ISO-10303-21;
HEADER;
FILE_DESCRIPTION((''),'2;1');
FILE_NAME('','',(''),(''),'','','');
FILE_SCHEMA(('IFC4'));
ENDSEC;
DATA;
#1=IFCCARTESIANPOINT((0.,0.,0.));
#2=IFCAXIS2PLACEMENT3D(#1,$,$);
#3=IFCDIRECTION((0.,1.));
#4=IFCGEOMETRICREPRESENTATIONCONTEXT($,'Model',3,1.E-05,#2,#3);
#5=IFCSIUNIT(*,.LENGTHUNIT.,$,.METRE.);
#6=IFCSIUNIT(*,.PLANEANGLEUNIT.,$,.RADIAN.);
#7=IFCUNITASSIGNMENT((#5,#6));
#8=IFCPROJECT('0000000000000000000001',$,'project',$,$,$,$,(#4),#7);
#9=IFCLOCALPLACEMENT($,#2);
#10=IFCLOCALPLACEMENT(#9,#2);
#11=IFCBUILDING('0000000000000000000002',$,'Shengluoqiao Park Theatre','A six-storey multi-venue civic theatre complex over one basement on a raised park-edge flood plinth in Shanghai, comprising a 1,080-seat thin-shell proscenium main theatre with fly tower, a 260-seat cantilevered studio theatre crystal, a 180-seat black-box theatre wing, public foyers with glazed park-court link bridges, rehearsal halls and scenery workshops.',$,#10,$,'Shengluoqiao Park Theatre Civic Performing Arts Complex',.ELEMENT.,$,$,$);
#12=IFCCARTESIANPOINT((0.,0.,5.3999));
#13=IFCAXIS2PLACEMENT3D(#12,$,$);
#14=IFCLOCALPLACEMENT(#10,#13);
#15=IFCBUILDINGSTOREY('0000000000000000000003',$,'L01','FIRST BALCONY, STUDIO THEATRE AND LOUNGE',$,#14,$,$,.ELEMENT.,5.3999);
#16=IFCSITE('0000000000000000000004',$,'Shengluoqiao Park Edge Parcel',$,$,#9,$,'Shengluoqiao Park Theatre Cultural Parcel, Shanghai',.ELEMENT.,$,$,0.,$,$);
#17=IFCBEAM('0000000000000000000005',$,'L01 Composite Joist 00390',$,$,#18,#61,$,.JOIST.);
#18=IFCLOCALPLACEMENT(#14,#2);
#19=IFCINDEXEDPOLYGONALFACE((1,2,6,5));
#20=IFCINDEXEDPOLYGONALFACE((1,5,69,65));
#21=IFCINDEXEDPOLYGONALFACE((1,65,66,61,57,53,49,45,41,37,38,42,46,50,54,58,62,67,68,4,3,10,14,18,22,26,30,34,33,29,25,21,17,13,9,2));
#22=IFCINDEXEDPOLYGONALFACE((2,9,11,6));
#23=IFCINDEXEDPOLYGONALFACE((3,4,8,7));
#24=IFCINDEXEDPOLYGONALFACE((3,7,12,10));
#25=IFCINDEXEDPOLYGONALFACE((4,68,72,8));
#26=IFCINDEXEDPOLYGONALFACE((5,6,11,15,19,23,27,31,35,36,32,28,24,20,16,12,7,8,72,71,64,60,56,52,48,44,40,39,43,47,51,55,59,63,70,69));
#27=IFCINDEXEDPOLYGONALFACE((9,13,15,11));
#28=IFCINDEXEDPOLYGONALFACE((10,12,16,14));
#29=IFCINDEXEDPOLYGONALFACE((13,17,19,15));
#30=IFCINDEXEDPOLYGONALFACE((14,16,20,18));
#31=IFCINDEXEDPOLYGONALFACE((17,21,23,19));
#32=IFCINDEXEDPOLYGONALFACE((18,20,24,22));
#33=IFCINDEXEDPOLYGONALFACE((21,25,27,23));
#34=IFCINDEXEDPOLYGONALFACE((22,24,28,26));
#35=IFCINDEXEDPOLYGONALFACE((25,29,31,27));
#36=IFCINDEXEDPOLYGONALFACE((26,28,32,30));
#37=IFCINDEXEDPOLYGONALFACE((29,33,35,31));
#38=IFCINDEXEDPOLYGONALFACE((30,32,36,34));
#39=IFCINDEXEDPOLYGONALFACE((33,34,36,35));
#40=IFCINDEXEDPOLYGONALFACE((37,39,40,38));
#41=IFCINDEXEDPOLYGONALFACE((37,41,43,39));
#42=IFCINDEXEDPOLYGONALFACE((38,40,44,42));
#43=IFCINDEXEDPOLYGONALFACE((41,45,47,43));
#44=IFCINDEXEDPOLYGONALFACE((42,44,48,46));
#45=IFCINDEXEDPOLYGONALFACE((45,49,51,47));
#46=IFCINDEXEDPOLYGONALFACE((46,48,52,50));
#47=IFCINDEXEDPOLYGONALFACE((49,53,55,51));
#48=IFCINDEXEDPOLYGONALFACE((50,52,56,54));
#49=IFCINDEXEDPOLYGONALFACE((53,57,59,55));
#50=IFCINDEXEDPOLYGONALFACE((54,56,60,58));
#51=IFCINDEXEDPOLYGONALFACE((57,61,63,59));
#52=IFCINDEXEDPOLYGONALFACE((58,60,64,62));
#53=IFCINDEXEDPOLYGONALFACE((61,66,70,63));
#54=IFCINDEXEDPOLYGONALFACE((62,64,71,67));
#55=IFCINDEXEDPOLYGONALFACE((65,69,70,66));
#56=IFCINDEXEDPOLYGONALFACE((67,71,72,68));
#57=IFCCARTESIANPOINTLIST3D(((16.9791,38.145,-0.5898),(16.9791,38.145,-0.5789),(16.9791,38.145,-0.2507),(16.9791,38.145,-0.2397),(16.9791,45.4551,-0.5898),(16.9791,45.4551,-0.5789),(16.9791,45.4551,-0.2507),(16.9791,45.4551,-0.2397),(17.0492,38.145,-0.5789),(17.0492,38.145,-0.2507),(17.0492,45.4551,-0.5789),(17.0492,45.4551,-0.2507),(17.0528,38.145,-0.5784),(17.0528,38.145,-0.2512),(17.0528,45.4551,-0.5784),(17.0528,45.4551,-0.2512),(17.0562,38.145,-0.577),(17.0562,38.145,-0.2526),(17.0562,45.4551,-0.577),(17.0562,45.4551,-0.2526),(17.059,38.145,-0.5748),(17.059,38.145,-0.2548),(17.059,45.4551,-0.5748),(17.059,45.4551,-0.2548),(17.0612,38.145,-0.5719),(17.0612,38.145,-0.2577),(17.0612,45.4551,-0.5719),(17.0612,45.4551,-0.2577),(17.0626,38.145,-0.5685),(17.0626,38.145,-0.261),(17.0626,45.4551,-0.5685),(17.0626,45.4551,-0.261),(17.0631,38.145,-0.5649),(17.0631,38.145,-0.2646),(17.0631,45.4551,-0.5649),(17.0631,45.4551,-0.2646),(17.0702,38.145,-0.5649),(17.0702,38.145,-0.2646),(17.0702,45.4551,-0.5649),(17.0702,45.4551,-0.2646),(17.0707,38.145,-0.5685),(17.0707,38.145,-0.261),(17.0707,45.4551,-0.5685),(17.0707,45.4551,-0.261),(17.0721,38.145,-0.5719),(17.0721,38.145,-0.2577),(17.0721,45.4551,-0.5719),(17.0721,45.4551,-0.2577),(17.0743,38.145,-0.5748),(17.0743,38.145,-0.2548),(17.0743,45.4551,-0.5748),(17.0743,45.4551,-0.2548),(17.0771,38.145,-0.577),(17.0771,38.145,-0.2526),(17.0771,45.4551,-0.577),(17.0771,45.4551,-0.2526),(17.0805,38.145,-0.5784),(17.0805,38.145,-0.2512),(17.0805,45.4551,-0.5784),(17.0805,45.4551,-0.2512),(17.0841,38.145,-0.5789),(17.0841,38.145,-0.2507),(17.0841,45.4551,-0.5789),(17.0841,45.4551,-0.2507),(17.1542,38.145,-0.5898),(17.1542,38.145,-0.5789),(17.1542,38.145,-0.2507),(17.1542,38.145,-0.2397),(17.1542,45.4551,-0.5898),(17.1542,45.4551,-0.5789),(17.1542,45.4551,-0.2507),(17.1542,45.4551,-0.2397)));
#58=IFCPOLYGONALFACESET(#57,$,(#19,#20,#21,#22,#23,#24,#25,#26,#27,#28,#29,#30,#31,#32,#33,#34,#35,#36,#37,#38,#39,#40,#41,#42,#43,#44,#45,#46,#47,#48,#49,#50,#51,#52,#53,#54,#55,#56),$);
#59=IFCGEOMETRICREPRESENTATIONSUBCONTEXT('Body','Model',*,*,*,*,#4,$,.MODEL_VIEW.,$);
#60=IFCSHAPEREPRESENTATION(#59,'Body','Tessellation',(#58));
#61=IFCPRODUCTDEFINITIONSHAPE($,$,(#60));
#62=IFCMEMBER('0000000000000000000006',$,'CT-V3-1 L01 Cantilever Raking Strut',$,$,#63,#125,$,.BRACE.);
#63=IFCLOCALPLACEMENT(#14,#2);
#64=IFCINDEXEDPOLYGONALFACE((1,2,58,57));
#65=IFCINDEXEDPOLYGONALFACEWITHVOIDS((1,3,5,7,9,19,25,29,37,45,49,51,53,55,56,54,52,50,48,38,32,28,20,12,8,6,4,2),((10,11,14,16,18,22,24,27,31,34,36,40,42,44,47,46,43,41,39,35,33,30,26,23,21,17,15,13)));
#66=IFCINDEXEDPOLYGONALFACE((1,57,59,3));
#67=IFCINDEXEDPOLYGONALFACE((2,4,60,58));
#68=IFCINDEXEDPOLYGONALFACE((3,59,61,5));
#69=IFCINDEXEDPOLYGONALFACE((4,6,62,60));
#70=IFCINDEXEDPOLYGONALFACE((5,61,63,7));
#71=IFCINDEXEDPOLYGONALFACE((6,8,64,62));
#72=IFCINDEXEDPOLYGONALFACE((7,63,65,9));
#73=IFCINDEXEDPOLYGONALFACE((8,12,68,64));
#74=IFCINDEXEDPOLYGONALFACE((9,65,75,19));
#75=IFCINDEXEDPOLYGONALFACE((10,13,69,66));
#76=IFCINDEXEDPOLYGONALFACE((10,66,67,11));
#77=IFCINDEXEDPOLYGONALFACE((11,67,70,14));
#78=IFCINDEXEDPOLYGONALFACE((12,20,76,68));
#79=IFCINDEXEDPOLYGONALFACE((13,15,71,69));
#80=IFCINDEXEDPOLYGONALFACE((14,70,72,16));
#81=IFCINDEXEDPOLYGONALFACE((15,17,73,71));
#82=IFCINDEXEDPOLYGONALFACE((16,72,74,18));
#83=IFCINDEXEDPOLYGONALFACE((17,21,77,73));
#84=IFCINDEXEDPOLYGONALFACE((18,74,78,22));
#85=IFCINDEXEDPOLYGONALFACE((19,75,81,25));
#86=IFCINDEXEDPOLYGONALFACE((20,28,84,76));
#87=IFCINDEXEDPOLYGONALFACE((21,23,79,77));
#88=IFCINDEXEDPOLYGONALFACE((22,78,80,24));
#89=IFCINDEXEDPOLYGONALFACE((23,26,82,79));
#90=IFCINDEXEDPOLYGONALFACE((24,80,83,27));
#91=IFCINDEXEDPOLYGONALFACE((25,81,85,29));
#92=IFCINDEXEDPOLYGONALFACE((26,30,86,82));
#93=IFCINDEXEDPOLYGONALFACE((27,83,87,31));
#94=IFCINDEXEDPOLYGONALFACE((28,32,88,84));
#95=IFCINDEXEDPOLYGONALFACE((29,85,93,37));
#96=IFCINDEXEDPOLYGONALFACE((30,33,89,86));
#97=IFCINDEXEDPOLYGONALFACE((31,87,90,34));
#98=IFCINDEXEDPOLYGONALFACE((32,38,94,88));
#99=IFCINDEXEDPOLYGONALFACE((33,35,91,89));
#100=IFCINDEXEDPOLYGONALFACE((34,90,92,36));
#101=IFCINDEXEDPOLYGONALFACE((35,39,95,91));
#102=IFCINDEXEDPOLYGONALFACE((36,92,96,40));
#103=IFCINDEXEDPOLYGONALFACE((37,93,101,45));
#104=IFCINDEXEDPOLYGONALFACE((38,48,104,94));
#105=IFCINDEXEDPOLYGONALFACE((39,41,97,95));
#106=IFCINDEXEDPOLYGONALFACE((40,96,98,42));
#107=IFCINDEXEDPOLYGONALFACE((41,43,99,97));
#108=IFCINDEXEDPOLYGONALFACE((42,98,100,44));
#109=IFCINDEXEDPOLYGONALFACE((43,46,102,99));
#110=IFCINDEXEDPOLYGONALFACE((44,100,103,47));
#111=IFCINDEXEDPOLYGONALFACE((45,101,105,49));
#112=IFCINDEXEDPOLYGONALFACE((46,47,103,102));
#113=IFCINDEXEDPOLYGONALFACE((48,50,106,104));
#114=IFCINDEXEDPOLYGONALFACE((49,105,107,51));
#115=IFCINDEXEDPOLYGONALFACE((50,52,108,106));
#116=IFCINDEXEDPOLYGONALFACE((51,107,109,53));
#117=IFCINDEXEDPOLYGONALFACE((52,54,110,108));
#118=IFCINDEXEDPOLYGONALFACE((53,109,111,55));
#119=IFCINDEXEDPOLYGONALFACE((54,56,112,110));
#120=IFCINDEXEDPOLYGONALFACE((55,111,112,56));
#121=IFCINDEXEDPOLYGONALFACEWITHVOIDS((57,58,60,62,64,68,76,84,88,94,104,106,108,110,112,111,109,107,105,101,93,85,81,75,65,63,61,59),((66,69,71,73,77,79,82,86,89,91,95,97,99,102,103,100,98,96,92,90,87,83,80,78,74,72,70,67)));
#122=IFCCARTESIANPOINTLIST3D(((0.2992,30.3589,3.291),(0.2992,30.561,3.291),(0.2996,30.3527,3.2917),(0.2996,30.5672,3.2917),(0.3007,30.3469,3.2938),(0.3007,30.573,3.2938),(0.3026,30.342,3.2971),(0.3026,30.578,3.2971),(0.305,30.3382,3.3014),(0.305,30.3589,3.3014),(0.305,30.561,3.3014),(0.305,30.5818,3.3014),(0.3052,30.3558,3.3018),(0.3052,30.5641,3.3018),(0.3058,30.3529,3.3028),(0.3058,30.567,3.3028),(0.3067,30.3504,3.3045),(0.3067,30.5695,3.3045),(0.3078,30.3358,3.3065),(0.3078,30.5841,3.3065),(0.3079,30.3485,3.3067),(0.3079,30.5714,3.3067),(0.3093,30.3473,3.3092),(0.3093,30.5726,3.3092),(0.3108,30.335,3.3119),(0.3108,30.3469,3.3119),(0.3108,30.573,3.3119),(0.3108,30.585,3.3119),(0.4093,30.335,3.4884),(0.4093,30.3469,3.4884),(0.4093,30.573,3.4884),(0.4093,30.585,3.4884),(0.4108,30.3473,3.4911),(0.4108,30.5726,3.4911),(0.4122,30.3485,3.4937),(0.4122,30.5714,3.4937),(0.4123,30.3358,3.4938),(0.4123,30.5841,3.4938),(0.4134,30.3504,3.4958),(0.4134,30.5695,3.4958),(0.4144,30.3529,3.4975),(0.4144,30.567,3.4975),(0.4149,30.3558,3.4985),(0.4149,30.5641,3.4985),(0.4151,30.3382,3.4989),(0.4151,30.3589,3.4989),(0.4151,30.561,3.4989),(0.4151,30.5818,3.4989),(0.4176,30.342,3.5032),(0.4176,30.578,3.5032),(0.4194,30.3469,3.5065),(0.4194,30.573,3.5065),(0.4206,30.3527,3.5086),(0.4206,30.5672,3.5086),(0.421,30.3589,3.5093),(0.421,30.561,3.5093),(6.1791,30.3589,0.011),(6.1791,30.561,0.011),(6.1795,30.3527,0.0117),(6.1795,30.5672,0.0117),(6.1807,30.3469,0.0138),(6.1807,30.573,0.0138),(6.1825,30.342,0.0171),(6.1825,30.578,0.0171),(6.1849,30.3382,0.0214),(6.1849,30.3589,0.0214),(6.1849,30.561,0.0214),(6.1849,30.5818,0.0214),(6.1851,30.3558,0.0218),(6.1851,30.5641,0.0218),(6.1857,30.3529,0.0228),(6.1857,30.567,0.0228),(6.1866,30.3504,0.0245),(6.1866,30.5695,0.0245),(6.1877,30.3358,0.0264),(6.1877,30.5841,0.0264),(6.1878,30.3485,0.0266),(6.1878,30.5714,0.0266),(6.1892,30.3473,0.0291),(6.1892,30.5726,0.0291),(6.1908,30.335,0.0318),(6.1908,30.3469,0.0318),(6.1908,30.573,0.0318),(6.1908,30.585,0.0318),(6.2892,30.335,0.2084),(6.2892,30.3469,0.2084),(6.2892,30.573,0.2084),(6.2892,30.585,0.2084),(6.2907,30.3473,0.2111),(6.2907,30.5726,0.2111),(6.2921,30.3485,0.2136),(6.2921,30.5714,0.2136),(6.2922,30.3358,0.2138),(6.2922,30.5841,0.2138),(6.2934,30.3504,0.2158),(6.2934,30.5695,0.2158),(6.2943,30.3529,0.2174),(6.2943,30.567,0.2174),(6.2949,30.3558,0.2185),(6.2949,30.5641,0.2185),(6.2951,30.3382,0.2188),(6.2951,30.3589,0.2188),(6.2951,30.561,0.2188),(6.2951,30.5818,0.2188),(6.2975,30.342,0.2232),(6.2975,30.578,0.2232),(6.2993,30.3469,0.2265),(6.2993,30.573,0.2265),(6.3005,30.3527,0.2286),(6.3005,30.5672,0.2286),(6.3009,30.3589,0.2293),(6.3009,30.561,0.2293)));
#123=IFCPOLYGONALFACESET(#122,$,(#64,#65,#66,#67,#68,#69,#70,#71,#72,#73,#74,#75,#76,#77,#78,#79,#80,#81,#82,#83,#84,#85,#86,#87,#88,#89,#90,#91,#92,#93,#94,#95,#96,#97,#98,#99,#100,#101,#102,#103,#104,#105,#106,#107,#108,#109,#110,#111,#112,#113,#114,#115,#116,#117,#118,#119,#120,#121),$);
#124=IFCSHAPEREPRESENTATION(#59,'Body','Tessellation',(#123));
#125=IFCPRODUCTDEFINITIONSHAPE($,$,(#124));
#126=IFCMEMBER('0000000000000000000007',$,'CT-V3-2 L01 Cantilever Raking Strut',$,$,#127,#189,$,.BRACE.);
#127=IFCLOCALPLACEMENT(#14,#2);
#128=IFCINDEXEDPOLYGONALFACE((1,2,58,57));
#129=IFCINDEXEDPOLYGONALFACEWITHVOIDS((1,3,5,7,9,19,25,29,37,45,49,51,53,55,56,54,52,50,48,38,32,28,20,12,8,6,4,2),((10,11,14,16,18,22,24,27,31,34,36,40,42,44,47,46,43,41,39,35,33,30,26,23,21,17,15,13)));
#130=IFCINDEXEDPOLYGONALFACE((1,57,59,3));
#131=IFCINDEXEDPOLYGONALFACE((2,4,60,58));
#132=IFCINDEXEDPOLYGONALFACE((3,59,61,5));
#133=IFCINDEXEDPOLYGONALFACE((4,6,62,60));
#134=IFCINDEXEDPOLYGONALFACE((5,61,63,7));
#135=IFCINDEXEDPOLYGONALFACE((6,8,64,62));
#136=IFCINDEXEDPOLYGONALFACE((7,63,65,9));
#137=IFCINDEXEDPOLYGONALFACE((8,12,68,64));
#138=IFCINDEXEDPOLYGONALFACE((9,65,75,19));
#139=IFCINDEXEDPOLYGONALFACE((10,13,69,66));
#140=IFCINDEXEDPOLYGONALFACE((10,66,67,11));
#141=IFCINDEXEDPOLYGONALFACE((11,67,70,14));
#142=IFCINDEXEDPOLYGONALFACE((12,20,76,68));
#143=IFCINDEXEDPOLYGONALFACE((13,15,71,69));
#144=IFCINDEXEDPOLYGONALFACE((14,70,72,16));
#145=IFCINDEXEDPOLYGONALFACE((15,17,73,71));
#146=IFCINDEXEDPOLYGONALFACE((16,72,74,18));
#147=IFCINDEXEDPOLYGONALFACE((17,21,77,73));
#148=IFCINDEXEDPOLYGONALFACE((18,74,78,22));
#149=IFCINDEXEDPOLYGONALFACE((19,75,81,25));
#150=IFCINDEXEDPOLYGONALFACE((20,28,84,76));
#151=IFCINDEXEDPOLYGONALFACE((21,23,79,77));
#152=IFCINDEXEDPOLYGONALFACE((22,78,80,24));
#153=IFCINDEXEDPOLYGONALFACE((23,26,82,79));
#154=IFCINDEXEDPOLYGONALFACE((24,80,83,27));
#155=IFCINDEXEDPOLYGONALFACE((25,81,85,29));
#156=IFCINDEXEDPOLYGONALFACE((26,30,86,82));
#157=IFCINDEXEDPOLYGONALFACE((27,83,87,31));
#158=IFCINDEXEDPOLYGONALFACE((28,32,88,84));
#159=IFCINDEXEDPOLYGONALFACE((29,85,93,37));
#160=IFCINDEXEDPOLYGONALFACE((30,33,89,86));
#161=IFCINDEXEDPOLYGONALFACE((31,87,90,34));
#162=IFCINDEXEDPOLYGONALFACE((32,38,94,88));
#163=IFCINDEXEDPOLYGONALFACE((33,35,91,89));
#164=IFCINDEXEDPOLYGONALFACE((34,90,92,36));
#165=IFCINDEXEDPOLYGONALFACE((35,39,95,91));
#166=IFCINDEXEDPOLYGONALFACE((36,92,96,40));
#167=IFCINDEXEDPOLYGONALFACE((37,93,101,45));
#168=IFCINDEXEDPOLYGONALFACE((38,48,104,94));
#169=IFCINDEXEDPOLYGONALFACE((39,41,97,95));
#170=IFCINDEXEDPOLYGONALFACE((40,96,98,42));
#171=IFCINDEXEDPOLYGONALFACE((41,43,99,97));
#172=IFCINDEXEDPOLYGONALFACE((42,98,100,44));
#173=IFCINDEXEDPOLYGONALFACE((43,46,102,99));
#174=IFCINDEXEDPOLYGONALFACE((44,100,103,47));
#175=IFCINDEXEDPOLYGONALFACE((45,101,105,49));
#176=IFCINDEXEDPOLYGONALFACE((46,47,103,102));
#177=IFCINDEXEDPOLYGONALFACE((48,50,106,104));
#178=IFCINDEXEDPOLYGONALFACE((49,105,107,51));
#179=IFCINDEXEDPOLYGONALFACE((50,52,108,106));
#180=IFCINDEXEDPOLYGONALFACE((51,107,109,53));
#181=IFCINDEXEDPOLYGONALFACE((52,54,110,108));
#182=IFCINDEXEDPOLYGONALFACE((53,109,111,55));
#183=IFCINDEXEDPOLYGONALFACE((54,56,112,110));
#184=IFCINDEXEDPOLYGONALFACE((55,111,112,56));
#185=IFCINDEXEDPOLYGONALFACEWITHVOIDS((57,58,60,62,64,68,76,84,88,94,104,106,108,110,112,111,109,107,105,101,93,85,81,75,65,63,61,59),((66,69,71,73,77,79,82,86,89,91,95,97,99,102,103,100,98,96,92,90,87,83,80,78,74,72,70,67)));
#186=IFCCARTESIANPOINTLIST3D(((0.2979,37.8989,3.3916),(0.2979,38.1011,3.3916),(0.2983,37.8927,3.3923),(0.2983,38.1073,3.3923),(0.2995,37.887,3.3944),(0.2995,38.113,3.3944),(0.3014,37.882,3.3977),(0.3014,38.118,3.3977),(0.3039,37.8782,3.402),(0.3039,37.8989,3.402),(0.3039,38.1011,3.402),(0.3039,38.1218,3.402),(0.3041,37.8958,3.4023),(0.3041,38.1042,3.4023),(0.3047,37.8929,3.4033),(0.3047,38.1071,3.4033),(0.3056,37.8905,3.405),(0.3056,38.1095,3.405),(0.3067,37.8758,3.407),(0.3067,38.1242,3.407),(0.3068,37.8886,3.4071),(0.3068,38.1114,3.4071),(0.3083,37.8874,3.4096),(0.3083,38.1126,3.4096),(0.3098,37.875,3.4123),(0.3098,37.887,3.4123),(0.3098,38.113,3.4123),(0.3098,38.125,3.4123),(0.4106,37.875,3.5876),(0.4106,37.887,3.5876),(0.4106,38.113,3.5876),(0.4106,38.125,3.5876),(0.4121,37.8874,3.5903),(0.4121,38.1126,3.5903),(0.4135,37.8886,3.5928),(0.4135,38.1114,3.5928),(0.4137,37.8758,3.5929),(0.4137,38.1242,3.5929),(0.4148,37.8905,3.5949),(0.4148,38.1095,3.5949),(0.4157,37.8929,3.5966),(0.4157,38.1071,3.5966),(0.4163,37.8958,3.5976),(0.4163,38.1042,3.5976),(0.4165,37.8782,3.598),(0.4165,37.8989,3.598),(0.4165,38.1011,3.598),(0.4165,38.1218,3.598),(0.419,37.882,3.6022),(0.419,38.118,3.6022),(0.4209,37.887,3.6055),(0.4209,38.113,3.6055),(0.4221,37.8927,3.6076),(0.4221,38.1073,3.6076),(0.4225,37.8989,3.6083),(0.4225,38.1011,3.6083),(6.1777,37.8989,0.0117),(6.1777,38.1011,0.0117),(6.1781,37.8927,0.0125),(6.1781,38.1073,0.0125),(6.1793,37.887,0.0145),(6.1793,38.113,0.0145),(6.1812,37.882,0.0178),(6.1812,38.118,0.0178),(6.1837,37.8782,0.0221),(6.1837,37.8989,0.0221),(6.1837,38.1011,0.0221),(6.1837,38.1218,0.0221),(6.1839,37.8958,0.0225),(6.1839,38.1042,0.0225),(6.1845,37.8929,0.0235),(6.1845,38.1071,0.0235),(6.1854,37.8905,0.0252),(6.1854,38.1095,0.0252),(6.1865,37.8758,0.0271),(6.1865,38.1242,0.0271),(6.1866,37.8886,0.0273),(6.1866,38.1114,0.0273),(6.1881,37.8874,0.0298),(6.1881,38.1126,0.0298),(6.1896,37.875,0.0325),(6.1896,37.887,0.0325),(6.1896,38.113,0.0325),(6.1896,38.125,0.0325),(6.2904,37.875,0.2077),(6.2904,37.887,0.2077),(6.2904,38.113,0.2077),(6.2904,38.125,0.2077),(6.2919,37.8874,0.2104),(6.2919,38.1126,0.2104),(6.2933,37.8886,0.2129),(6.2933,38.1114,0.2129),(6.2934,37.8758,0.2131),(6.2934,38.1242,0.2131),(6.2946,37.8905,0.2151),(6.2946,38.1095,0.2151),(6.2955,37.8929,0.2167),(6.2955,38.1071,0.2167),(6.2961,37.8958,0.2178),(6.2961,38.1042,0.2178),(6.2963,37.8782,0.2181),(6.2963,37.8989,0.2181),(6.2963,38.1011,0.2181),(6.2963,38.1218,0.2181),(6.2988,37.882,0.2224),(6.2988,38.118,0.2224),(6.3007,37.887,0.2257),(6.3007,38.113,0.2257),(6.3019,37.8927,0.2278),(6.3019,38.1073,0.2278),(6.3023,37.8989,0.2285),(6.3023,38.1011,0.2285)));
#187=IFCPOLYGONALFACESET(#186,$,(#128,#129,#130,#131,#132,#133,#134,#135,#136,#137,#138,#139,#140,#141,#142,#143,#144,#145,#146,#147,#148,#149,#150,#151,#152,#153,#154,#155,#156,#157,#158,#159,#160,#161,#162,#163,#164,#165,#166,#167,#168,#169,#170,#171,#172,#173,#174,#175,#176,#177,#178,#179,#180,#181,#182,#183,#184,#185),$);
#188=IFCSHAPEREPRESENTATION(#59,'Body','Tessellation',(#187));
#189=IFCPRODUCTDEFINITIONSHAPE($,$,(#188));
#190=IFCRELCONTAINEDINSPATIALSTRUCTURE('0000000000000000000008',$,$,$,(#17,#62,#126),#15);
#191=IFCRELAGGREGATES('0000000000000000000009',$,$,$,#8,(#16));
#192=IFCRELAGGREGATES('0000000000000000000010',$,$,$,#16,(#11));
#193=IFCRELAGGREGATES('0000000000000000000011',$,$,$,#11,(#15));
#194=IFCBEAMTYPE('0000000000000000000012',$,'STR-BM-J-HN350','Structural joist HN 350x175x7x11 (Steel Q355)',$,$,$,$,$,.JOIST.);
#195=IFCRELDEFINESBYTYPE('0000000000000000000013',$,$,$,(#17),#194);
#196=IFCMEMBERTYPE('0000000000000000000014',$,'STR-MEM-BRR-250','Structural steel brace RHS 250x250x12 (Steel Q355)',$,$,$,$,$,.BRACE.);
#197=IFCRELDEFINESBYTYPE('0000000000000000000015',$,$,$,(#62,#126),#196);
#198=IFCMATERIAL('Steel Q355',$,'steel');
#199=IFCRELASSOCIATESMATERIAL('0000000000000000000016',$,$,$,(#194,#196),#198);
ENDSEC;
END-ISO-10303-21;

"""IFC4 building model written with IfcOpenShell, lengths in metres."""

from ifc_helpers import new_model, si_unit, direction, frame, origin, origin_2d, place, context, subcontext, project, spatial, hollow_rectangle, i_section, extrude, material, material_profile, profile_set, type_object, element, save


model = new_model("IFC4")

# Units and contexts
model_context = context("Model", 3, precision=1e-05, world=origin(), true_north=direction((0.0, 1.0)))
body_context = subcontext(model_context, "Body", "Model", "MODEL_VIEW")
ifc_project = project(units=[si_unit("LENGTHUNIT", "METRE"), si_unit("PLANEANGLEUNIT", "RADIAN")], contexts=[model_context])

# Site, building, storey
site_placement = place(None, origin())
site = spatial("IfcSite", under=ifc_project, at=site_placement, Name="Shengluoqiao Park Edge Parcel", LongName="Shengluoqiao Park Theatre Cultural Parcel, Shanghai", CompositionType="ELEMENT", RefElevation=0.0)
building_placement = place(site_placement, origin())
building = spatial("IfcBuilding", under=site, at=building_placement, Name="Shengluoqiao Park Theatre", Description="A six-storey multi-venue civic theatre complex over one basement on a raised park-edge flood plinth in Shanghai, comprising a 1,080-seat thin-shell proscenium main theatre with fly tower, a 260-seat cantilevered studio theatre crystal, a 180-seat black-box theatre wing, public foyers with glazed park-court link bridges, rehearsal halls and scenery workshops.", LongName="Shengluoqiao Park Theatre Civic Performing Arts Complex", CompositionType="ELEMENT")
storey_placement = place(building_placement, frame((0.0, 0.0, 5.3999)))
storey = spatial("IfcBuildingStorey", under=building, at=storey_placement, Name="L01", Description="FIRST BALCONY, STUDIO THEATRE AND LOUNGE", CompositionType="ELEMENT", Elevation=5.3999)

# Shared definitions
ifc_material_1 = material(Name="Steel Q355", Category="steel")

# Beam
ifc_material_profile_1 = material_profile(ifc_material_1, i_section(OverallWidth=0.175, OverallDepth=0.3501, WebThickness=0.0071, FlangeThickness=0.011, FilletRadius=0.0139, at=origin_2d()), Name="HN 350x175x7x11")
ifc_profile_set_1 = profile_set([ifc_material_profile_1], Name="Steel Q355")
beam_type_1 = type_object("IfcBeamType", Name="STR-BM-J-HN350", Description="Structural joist HN 350x175x7x11 (Steel Q355)", PredefinedType="JOIST", material=ifc_profile_set_1)
for number, where, z_axis, x_axis, name in (
    (1, (17.0667, 38.145, -0.4148), (0.0, 1.0, 0.0), (-1.0, 0.0, 0.0), "L01 Composite Joist 00390"),
):
    element("IfcBeam", number, at=place(storey_placement, frame(where, z_axis=z_axis, x_axis=x_axis)), inside=storey, type_object=beam_type_1, Name=name, PredefinedType="JOIST", context=body_context, shape_type="SweptSolid", body=[
        extrude(i_section(OverallWidth=0.175, OverallDepth=0.3501, WebThickness=0.0071, FlangeThickness=0.011, FilletRadius=0.0139, at=origin_2d()), origin(), (0.0, 0.0, 1.0), 7.3101),
    ])

# Members
ifc_material_profile_2 = material_profile(ifc_material_1, hollow_rectangle(XDim=0.25, YDim=0.25, WallThickness=0.012, InnerFilletRadius=0.012, OuterFilletRadius=0.0239, at=origin_2d()), Name="RHS 250x250x12")
ifc_profile_set_2 = profile_set([ifc_material_profile_2], Name="Steel Q355")
member_type = type_object("IfcMemberType", Name="STR-MEM-BRR-250", Description="Structural steel brace RHS 250x250x12 (Steel Q355)", PredefinedType="BRACE", material=ifc_profile_set_2)
member_placement = place(storey_placement, frame((6.24, 30.46, 0.1201), z_axis=(-0.873309, 0.0, 0.487166), x_axis=(0.0, -1.0, 0.0)))
element("IfcMember", 2, at=member_placement, inside=storey, type_object=member_type, Name="CT-V3-1 L01 Cantilever Raking Strut", PredefinedType="BRACE", context=body_context, shape_type="SweptSolid", body=[
    extrude(hollow_rectangle(XDim=0.25, YDim=0.25, WallThickness=0.012, InnerFilletRadius=0.012, OuterFilletRadius=0.0239, at=origin_2d()), origin(), (0.0, 0.0, 1.0), 6.7329),
])
for number, where, z_axis, x_axis, name in (
    (3, (6.24, 38.0, 0.1201), (-0.866973, 0.0, 0.498355), (0.0, -1.0, 0.0), "CT-V3-2 L01 Cantilever Raking Strut"),
):
    element("IfcMember", number, at=place(storey_placement, frame(where, z_axis=z_axis, x_axis=x_axis)), inside=storey, type_object=member_type, Name=name, PredefinedType="BRACE", context=body_context, shape_type="SweptSolid", body=[
        extrude(hollow_rectangle(XDim=0.25, YDim=0.25, WallThickness=0.012, InnerFilletRadius=0.012, OuterFilletRadius=0.0239, at=origin_2d()), origin(), (0.0, 0.0, 1.0), 6.782),
    ])

save(model, "model.ifc")
